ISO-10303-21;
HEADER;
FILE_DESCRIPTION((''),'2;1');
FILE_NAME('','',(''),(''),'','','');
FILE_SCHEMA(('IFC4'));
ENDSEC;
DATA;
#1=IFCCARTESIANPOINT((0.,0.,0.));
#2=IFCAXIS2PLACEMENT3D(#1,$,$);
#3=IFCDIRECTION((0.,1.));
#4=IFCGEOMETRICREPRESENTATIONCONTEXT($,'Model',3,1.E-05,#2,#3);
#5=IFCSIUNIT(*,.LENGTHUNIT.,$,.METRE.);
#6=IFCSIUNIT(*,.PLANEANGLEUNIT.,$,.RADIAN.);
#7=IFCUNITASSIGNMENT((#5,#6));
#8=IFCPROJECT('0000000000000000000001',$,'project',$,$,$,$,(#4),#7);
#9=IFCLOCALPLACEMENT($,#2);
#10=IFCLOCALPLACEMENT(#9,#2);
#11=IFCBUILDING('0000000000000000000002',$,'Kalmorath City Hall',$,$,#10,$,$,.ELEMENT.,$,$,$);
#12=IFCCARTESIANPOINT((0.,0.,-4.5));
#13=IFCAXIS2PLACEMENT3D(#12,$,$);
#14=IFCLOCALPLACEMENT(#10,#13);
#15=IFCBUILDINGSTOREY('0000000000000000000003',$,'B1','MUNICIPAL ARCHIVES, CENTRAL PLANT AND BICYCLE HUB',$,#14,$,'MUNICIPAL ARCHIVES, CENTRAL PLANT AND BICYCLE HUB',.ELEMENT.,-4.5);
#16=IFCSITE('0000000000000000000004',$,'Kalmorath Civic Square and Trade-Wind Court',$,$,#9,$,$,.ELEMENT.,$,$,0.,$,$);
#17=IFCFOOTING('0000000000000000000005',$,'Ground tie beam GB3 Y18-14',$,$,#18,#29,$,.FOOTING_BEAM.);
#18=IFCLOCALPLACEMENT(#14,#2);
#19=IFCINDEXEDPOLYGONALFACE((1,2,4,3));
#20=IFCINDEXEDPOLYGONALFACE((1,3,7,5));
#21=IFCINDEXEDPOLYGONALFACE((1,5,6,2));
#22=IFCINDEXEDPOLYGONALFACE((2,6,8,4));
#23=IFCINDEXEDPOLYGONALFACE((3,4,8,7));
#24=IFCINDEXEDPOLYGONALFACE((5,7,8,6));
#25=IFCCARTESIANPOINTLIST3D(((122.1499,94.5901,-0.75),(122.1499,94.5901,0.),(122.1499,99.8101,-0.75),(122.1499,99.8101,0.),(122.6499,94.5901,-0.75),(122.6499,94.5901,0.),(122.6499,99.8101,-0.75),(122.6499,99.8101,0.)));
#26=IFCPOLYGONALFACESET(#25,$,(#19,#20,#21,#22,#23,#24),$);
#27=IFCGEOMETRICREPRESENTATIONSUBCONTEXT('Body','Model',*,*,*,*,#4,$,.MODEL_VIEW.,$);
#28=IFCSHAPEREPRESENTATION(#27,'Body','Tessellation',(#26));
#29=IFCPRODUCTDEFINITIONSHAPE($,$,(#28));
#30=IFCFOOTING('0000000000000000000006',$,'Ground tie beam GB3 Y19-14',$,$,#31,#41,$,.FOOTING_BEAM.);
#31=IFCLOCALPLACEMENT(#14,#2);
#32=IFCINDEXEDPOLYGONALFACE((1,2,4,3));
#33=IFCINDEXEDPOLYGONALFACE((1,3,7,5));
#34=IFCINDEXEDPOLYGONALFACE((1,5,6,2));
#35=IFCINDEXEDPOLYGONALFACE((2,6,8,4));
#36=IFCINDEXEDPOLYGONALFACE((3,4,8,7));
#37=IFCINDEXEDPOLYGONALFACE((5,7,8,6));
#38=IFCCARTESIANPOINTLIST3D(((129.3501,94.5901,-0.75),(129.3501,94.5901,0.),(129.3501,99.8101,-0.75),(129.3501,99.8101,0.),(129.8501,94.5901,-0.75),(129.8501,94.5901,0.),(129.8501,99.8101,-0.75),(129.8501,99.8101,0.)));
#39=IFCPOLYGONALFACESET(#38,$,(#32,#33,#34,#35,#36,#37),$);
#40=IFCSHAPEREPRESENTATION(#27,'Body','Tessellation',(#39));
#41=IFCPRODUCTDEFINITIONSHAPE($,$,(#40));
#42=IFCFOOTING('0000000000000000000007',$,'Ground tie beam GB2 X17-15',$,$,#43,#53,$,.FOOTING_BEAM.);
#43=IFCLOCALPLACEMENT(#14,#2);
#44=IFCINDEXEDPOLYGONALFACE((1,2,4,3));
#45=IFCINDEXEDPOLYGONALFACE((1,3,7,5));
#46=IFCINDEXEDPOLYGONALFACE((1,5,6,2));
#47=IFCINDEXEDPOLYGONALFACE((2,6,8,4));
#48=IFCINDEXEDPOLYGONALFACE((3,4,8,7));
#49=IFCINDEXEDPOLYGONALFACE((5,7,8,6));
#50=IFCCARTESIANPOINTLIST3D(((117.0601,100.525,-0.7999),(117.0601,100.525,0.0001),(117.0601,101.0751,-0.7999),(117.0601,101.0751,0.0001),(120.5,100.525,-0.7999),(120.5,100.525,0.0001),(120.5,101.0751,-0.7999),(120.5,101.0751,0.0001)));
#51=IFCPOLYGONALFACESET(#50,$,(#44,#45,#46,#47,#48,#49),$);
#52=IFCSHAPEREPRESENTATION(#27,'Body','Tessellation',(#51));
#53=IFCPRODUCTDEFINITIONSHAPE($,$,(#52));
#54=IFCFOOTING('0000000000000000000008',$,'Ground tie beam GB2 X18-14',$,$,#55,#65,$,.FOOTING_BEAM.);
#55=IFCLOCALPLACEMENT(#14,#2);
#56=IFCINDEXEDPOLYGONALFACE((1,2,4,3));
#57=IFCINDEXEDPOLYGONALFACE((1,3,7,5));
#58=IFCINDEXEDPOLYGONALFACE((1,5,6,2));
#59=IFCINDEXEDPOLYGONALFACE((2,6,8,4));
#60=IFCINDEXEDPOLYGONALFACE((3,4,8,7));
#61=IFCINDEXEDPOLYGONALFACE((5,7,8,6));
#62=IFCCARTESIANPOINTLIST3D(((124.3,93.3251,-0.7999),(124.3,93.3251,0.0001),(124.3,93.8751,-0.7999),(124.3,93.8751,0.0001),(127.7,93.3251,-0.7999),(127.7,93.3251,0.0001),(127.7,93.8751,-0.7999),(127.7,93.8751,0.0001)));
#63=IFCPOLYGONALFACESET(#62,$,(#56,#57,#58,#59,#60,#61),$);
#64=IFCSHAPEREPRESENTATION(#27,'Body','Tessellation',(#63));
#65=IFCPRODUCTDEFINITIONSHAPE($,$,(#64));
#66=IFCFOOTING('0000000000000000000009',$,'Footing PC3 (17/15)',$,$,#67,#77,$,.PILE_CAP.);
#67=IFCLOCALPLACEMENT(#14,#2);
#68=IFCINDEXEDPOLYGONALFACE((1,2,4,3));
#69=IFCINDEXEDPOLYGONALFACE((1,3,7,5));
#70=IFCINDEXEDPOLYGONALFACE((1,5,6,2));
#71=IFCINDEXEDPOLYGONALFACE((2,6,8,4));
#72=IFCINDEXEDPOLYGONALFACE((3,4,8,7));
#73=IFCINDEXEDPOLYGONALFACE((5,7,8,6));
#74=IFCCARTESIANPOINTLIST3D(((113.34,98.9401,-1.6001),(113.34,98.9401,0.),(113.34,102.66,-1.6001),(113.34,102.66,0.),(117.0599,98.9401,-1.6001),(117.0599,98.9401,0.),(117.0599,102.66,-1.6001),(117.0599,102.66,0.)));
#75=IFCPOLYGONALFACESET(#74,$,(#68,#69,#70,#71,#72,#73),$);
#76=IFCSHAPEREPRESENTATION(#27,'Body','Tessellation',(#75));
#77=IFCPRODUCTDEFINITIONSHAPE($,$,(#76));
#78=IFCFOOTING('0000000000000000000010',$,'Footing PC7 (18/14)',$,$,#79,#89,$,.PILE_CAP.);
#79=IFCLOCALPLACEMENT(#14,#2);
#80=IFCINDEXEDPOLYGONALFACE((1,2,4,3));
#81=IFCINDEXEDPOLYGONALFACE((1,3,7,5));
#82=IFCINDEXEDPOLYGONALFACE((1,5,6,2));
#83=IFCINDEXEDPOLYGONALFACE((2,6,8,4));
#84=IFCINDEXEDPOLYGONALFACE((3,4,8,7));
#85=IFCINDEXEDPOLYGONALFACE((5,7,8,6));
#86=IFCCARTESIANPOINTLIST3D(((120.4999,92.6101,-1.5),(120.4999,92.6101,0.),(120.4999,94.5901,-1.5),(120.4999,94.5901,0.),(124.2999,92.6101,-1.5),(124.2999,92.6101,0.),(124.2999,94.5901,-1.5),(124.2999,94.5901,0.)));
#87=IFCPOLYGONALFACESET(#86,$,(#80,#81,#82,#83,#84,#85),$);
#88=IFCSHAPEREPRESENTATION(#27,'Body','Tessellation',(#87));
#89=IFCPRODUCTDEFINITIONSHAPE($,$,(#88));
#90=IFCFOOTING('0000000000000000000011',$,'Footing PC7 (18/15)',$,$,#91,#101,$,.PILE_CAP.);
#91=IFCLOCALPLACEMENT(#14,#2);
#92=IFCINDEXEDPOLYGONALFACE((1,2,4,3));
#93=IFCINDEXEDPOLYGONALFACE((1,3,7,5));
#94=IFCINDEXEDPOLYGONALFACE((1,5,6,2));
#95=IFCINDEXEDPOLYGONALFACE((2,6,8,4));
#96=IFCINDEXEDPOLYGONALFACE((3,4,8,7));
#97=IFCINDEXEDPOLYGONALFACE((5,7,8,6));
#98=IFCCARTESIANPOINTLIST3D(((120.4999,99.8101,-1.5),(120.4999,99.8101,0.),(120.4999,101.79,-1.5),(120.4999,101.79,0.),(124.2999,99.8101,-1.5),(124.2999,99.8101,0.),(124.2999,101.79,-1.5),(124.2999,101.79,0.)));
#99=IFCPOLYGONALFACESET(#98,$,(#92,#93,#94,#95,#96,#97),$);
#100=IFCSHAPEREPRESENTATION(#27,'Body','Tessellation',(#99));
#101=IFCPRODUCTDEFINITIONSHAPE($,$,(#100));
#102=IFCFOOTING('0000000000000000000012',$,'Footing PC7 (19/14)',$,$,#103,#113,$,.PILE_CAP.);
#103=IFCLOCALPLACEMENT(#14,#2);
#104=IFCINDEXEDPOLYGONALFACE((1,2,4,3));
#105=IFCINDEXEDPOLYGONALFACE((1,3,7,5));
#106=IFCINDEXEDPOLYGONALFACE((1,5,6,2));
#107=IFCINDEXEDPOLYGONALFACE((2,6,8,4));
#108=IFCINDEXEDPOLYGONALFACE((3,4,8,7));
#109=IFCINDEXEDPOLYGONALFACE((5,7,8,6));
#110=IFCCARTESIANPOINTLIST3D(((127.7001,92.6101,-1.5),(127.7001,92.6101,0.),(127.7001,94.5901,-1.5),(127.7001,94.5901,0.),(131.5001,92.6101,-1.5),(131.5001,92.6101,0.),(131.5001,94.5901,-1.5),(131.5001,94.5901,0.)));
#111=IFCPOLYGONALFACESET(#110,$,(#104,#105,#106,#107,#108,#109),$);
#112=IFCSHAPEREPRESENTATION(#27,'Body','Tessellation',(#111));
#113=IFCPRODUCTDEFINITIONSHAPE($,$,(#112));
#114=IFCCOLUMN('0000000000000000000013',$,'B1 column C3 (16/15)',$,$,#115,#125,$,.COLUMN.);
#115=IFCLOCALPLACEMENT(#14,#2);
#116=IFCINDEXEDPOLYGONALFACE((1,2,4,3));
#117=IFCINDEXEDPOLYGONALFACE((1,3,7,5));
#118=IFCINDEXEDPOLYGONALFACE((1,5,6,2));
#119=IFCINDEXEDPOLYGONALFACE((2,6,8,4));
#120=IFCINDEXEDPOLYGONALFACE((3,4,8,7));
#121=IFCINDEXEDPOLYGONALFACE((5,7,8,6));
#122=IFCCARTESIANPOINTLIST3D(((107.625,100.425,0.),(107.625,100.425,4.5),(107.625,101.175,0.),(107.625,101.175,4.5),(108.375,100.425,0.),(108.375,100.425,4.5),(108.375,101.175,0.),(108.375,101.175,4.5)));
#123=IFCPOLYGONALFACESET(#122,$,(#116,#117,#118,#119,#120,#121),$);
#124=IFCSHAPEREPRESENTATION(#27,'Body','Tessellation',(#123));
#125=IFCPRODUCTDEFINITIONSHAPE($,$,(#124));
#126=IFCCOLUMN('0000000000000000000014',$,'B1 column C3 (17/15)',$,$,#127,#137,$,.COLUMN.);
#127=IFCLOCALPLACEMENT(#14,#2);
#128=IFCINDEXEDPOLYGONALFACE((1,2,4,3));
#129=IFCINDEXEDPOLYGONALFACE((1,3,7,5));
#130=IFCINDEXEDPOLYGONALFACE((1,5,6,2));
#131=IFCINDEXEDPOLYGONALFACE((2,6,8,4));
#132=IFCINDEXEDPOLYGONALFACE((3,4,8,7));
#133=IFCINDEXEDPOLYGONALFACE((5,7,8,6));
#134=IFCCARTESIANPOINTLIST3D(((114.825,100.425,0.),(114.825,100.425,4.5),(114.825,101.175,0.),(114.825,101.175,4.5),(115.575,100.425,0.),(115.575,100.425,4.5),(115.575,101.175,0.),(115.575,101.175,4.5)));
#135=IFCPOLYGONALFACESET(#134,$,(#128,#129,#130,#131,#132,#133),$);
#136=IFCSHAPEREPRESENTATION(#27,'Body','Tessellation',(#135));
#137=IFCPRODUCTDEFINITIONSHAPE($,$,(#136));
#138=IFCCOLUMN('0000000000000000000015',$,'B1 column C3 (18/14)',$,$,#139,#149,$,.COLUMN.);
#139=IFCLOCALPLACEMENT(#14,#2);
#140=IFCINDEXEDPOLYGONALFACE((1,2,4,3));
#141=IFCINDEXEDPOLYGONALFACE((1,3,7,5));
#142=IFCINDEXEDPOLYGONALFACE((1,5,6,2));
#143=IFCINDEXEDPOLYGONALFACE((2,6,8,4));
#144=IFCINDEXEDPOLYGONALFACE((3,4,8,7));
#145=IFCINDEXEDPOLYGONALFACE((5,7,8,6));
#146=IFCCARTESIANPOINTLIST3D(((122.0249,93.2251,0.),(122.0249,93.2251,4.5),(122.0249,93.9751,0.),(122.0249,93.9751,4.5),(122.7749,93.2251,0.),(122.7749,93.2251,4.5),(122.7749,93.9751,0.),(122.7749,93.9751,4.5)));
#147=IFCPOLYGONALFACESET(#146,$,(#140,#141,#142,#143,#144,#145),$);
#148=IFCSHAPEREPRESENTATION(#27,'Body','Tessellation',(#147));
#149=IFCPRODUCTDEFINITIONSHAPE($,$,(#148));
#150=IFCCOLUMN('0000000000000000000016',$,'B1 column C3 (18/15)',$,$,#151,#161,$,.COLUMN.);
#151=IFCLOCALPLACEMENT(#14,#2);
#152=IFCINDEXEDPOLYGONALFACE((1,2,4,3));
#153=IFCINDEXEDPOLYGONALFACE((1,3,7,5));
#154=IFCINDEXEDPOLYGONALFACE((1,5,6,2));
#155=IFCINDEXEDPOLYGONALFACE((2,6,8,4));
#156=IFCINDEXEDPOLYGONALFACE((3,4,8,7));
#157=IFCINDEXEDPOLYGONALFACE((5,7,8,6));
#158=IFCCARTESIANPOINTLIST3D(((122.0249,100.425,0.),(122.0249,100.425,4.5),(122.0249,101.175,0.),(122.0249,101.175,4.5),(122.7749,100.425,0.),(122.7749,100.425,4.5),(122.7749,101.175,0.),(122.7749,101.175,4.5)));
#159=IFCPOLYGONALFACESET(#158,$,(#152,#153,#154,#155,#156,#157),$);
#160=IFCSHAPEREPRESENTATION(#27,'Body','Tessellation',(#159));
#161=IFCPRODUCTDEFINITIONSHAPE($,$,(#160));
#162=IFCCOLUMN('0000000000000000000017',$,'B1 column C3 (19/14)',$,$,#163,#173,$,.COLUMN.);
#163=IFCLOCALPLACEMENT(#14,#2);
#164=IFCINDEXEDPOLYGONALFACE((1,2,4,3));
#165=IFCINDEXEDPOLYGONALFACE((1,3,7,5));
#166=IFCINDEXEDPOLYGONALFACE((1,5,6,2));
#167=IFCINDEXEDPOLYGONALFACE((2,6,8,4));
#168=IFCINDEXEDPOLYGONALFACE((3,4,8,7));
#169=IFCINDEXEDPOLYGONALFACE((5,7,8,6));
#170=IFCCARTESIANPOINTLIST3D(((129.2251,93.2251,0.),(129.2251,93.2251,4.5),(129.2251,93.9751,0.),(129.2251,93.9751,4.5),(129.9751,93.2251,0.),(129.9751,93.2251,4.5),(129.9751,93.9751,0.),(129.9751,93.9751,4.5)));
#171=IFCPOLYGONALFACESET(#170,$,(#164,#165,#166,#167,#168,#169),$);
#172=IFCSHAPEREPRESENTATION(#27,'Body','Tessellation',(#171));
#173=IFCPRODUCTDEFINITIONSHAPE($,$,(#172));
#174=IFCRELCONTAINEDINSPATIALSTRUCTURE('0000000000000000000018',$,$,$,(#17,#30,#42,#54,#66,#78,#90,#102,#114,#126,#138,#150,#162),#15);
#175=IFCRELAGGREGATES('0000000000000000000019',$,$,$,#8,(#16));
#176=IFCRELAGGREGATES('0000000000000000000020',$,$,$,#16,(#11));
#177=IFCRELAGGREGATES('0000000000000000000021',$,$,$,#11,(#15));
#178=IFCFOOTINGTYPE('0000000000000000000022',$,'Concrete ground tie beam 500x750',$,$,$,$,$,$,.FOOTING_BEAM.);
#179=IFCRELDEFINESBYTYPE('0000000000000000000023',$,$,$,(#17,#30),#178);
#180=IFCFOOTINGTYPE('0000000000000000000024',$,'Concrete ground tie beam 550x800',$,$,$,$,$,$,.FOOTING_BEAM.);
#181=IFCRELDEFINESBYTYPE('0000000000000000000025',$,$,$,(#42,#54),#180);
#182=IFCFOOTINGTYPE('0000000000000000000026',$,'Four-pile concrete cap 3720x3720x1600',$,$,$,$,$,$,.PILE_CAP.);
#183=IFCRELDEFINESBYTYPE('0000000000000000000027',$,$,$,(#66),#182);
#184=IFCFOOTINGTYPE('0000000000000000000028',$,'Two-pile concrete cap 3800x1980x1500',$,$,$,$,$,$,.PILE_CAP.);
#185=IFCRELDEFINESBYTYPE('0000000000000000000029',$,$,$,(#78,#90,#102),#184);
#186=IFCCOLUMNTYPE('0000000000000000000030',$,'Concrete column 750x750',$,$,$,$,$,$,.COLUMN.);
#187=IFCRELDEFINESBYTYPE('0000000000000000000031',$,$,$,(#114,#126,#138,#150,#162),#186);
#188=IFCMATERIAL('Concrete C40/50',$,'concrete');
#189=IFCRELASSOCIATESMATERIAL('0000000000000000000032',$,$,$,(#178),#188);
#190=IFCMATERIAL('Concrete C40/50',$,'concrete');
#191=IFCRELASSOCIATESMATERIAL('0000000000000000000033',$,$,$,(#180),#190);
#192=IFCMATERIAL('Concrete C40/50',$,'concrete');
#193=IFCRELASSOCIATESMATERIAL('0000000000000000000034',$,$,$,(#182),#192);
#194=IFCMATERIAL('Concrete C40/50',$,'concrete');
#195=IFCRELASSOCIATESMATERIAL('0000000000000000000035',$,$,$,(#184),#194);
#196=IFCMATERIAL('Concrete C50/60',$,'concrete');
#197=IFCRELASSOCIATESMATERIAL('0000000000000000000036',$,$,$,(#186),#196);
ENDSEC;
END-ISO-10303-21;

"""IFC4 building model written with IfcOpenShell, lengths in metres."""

from ifc_helpers import new_model, si_unit, direction, frame, origin, origin_2d, place, context, subcontext, project, spatial, rectangle, extrude, material, material_profile, profile_set, type_object, element, save


model = new_model("IFC4")

# Units and contexts
model_context = context("Model", 3, precision=1e-05, world=origin(), true_north=direction((0.0, 1.0)))
body_context = subcontext(model_context, "Body", "Model", "MODEL_VIEW")
ifc_project = project(units=[si_unit("LENGTHUNIT", "METRE"), si_unit("PLANEANGLEUNIT", "RADIAN")], contexts=[model_context])

# Site, building, storey
site_placement = place(None, origin())
site = spatial("IfcSite", under=ifc_project, at=site_placement, Name="Kalmorath Civic Square and Trade-Wind Court", CompositionType="ELEMENT", RefElevation=0.0)
building_placement = place(site_placement, origin())
building = spatial("IfcBuilding", under=site, at=building_placement, Name="Kalmorath City Hall", CompositionType="ELEMENT")
storey_placement = place(building_placement, frame((0.0, 0.0, -4.5)))
storey = spatial("IfcBuildingStorey", under=building, at=storey_placement, Name="B1", Description="MUNICIPAL ARCHIVES, CENTRAL PLANT AND BICYCLE HUB", LongName="MUNICIPAL ARCHIVES, CENTRAL PLANT AND BICYCLE HUB", CompositionType="ELEMENT", Elevation=-4.5)

# Footings
ifc_material_1 = material(Name="Concrete C40/50", Category="concrete")
ifc_material_profile_1 = material_profile(ifc_material_1, rectangle(XDim=0.5, YDim=0.75, at=origin_2d()), Name="RC-BM-500X750")
ifc_profile_set_1 = profile_set([ifc_material_profile_1], Name="Concrete C40/50")
footing_type_1 = type_object("IfcFootingType", Name="Concrete ground tie beam 500x750", PredefinedType="FOOTING_BEAM", material=ifc_profile_set_1)
for number, where, z_axis, x_axis, name in (
    (1, (122.3999, 94.5901, -0.375), (0.0, 1.0, 0.0), (-1.0, 0.0, 0.0), "Ground tie beam GB3 Y18-14"),
    (2, (129.6001, 94.5901, -0.375), (0.0, 1.0, 0.0), (-1.0, 0.0, 0.0), "Ground tie beam GB3 Y19-14"),
):
    element("IfcFooting", number, at=place(storey_placement, frame(where, z_axis=z_axis, x_axis=x_axis)), inside=storey, type_object=footing_type_1, Name=name, PredefinedType="FOOTING_BEAM", context=body_context, shape_type="SweptSolid", body=[
        extrude(rectangle(XDim=0.5, YDim=0.75, at=origin_2d()), origin(), (0.0, 0.0, 1.0), 5.22),
    ])
ifc_material_2 = material(Name="Concrete C40/50", Category="concrete")
ifc_material_profile_2 = material_profile(ifc_material_2, rectangle(XDim=0.55, YDim=0.8, at=origin_2d()), Name="RC-BM-550X800")
ifc_profile_set_2 = profile_set([ifc_material_profile_2], Name="Concrete C40/50")
footing_type_2 = type_object("IfcFootingType", Name="Concrete ground tie beam 550x800", PredefinedType="FOOTING_BEAM", material=ifc_profile_set_2)
footing_1_placement = place(storey_placement, frame((117.0601, 100.8, -0.3999), z_axis=(1.0, 0.0, 0.0), x_axis=(0.0, 1.0, 0.0)))
element("IfcFooting", 3, at=footing_1_placement, inside=storey, type_object=footing_type_2, Name="Ground tie beam GB2 X17-15", PredefinedType="FOOTING_BEAM", context=body_context, shape_type="SweptSolid", body=[
    extrude(rectangle(XDim=0.55, YDim=0.8, at=origin_2d()), origin(), (0.0, 0.0, 1.0), 3.4399),
])
footing_2_placement = place(storey_placement, frame((124.3, 93.6001, -0.3999), z_axis=(1.0, 0.0, 0.0), x_axis=(0.0, 1.0, 0.0)))
element("IfcFooting", 4, at=footing_2_placement, inside=storey, type_object=footing_type_2, Name="Ground tie beam GB2 X18-14", PredefinedType="FOOTING_BEAM", context=body_context, shape_type="SweptSolid", body=[
    extrude(rectangle(XDim=0.55, YDim=0.8, at=origin_2d()), origin(), (0.0, 0.0, 1.0), 3.3999),
])
ifc_material_3 = material(Name="Concrete C40/50", Category="concrete")
footing_type_3 = type_object("IfcFootingType", Name="Four-pile concrete cap 3720x3720x1600", PredefinedType="PILE_CAP", material=ifc_material_3)
footing_3_placement = place(storey_placement, frame((115.2, 100.8, -1.6001), z_axis=(0.0, 0.0, 1.0), x_axis=(1.0, 0.0, 0.0)))
element("IfcFooting", 5, at=footing_3_placement, inside=storey, type_object=footing_type_3, Name="Footing PC3 (17/15)", PredefinedType="PILE_CAP", context=body_context, shape_type="SweptSolid", body=[
    extrude(rectangle(XDim=3.72, YDim=3.72, at=origin_2d()), origin(), (0.0, 0.0, 1.0), 1.6001),
])
ifc_material_4 = material(Name="Concrete C40/50", Category="concrete")
footing_type_4 = type_object("IfcFootingType", Name="Two-pile concrete cap 3800x1980x1500", PredefinedType="PILE_CAP", material=ifc_material_4)
for number, where, z_axis, x_axis, name in (
    (6, (122.3999, 93.6001, -1.5), (0.0, 0.0, 1.0), (1.0, 0.0, 0.0), "Footing PC7 (18/14)"),
    (7, (122.3999, 100.8, -1.5), (0.0, 0.0, 1.0), (1.0, 0.0, 0.0), "Footing PC7 (18/15)"),
    (8, (129.6001, 93.6001, -1.5), (0.0, 0.0, 1.0), (1.0, 0.0, 0.0), "Footing PC7 (19/14)"),
):
    element("IfcFooting", number, at=place(storey_placement, frame(where, z_axis=z_axis, x_axis=x_axis)), inside=storey, type_object=footing_type_4, Name=name, PredefinedType="PILE_CAP", context=body_context, shape_type="SweptSolid", body=[
        extrude(rectangle(XDim=3.8, YDim=1.98, at=origin_2d()), origin(), (0.0, 0.0, 1.0), 1.5),
    ])

# Columns
ifc_material_5 = material(Name="Concrete C50/60", Category="concrete")
ifc_material_profile_3 = material_profile(ifc_material_5, rectangle(XDim=0.75, YDim=0.75, at=origin_2d()), Name="RC-COL-750X750")
ifc_profile_set_3 = profile_set([ifc_material_profile_3], Name="Concrete C50/60")
column_type_1 = type_object("IfcColumnType", Name="Concrete column 750x750", PredefinedType="COLUMN", material=ifc_profile_set_3)
for number, where, z_axis, x_axis, name in (
    (9, (108.0, 100.8, 0.0), (0.0, 0.0, 1.0), (1.0, 0.0, 0.0), "B1 column C3 (16/15)"),
    (10, (115.2, 100.8, 0.0), (0.0, 0.0, 1.0), (1.0, 0.0, 0.0), "B1 column C3 (17/15)"),
    (11, (122.3999, 93.6001, 0.0), (0.0, 0.0, 1.0), (1.0, 0.0, 0.0), "B1 column C3 (18/14)"),
    (12, (122.3999, 100.8, 0.0), (0.0, 0.0, 1.0), (1.0, 0.0, 0.0), "B1 column C3 (18/15)"),
    (13, (129.6001, 93.6001, 0.0), (0.0, 0.0, 1.0), (1.0, 0.0, 0.0), "B1 column C3 (19/14)"),
):
    element("IfcColumn", number, at=place(storey_placement, frame(where, z_axis=z_axis, x_axis=x_axis)), inside=storey, type_object=column_type_1, Name=name, PredefinedType="COLUMN", context=body_context, shape_type="SweptSolid", body=[
        extrude(rectangle(XDim=0.75, YDim=0.75, at=origin_2d()), origin(), (0.0, 0.0, 1.0), 4.5),
    ])

save(model, "model.ifc")
